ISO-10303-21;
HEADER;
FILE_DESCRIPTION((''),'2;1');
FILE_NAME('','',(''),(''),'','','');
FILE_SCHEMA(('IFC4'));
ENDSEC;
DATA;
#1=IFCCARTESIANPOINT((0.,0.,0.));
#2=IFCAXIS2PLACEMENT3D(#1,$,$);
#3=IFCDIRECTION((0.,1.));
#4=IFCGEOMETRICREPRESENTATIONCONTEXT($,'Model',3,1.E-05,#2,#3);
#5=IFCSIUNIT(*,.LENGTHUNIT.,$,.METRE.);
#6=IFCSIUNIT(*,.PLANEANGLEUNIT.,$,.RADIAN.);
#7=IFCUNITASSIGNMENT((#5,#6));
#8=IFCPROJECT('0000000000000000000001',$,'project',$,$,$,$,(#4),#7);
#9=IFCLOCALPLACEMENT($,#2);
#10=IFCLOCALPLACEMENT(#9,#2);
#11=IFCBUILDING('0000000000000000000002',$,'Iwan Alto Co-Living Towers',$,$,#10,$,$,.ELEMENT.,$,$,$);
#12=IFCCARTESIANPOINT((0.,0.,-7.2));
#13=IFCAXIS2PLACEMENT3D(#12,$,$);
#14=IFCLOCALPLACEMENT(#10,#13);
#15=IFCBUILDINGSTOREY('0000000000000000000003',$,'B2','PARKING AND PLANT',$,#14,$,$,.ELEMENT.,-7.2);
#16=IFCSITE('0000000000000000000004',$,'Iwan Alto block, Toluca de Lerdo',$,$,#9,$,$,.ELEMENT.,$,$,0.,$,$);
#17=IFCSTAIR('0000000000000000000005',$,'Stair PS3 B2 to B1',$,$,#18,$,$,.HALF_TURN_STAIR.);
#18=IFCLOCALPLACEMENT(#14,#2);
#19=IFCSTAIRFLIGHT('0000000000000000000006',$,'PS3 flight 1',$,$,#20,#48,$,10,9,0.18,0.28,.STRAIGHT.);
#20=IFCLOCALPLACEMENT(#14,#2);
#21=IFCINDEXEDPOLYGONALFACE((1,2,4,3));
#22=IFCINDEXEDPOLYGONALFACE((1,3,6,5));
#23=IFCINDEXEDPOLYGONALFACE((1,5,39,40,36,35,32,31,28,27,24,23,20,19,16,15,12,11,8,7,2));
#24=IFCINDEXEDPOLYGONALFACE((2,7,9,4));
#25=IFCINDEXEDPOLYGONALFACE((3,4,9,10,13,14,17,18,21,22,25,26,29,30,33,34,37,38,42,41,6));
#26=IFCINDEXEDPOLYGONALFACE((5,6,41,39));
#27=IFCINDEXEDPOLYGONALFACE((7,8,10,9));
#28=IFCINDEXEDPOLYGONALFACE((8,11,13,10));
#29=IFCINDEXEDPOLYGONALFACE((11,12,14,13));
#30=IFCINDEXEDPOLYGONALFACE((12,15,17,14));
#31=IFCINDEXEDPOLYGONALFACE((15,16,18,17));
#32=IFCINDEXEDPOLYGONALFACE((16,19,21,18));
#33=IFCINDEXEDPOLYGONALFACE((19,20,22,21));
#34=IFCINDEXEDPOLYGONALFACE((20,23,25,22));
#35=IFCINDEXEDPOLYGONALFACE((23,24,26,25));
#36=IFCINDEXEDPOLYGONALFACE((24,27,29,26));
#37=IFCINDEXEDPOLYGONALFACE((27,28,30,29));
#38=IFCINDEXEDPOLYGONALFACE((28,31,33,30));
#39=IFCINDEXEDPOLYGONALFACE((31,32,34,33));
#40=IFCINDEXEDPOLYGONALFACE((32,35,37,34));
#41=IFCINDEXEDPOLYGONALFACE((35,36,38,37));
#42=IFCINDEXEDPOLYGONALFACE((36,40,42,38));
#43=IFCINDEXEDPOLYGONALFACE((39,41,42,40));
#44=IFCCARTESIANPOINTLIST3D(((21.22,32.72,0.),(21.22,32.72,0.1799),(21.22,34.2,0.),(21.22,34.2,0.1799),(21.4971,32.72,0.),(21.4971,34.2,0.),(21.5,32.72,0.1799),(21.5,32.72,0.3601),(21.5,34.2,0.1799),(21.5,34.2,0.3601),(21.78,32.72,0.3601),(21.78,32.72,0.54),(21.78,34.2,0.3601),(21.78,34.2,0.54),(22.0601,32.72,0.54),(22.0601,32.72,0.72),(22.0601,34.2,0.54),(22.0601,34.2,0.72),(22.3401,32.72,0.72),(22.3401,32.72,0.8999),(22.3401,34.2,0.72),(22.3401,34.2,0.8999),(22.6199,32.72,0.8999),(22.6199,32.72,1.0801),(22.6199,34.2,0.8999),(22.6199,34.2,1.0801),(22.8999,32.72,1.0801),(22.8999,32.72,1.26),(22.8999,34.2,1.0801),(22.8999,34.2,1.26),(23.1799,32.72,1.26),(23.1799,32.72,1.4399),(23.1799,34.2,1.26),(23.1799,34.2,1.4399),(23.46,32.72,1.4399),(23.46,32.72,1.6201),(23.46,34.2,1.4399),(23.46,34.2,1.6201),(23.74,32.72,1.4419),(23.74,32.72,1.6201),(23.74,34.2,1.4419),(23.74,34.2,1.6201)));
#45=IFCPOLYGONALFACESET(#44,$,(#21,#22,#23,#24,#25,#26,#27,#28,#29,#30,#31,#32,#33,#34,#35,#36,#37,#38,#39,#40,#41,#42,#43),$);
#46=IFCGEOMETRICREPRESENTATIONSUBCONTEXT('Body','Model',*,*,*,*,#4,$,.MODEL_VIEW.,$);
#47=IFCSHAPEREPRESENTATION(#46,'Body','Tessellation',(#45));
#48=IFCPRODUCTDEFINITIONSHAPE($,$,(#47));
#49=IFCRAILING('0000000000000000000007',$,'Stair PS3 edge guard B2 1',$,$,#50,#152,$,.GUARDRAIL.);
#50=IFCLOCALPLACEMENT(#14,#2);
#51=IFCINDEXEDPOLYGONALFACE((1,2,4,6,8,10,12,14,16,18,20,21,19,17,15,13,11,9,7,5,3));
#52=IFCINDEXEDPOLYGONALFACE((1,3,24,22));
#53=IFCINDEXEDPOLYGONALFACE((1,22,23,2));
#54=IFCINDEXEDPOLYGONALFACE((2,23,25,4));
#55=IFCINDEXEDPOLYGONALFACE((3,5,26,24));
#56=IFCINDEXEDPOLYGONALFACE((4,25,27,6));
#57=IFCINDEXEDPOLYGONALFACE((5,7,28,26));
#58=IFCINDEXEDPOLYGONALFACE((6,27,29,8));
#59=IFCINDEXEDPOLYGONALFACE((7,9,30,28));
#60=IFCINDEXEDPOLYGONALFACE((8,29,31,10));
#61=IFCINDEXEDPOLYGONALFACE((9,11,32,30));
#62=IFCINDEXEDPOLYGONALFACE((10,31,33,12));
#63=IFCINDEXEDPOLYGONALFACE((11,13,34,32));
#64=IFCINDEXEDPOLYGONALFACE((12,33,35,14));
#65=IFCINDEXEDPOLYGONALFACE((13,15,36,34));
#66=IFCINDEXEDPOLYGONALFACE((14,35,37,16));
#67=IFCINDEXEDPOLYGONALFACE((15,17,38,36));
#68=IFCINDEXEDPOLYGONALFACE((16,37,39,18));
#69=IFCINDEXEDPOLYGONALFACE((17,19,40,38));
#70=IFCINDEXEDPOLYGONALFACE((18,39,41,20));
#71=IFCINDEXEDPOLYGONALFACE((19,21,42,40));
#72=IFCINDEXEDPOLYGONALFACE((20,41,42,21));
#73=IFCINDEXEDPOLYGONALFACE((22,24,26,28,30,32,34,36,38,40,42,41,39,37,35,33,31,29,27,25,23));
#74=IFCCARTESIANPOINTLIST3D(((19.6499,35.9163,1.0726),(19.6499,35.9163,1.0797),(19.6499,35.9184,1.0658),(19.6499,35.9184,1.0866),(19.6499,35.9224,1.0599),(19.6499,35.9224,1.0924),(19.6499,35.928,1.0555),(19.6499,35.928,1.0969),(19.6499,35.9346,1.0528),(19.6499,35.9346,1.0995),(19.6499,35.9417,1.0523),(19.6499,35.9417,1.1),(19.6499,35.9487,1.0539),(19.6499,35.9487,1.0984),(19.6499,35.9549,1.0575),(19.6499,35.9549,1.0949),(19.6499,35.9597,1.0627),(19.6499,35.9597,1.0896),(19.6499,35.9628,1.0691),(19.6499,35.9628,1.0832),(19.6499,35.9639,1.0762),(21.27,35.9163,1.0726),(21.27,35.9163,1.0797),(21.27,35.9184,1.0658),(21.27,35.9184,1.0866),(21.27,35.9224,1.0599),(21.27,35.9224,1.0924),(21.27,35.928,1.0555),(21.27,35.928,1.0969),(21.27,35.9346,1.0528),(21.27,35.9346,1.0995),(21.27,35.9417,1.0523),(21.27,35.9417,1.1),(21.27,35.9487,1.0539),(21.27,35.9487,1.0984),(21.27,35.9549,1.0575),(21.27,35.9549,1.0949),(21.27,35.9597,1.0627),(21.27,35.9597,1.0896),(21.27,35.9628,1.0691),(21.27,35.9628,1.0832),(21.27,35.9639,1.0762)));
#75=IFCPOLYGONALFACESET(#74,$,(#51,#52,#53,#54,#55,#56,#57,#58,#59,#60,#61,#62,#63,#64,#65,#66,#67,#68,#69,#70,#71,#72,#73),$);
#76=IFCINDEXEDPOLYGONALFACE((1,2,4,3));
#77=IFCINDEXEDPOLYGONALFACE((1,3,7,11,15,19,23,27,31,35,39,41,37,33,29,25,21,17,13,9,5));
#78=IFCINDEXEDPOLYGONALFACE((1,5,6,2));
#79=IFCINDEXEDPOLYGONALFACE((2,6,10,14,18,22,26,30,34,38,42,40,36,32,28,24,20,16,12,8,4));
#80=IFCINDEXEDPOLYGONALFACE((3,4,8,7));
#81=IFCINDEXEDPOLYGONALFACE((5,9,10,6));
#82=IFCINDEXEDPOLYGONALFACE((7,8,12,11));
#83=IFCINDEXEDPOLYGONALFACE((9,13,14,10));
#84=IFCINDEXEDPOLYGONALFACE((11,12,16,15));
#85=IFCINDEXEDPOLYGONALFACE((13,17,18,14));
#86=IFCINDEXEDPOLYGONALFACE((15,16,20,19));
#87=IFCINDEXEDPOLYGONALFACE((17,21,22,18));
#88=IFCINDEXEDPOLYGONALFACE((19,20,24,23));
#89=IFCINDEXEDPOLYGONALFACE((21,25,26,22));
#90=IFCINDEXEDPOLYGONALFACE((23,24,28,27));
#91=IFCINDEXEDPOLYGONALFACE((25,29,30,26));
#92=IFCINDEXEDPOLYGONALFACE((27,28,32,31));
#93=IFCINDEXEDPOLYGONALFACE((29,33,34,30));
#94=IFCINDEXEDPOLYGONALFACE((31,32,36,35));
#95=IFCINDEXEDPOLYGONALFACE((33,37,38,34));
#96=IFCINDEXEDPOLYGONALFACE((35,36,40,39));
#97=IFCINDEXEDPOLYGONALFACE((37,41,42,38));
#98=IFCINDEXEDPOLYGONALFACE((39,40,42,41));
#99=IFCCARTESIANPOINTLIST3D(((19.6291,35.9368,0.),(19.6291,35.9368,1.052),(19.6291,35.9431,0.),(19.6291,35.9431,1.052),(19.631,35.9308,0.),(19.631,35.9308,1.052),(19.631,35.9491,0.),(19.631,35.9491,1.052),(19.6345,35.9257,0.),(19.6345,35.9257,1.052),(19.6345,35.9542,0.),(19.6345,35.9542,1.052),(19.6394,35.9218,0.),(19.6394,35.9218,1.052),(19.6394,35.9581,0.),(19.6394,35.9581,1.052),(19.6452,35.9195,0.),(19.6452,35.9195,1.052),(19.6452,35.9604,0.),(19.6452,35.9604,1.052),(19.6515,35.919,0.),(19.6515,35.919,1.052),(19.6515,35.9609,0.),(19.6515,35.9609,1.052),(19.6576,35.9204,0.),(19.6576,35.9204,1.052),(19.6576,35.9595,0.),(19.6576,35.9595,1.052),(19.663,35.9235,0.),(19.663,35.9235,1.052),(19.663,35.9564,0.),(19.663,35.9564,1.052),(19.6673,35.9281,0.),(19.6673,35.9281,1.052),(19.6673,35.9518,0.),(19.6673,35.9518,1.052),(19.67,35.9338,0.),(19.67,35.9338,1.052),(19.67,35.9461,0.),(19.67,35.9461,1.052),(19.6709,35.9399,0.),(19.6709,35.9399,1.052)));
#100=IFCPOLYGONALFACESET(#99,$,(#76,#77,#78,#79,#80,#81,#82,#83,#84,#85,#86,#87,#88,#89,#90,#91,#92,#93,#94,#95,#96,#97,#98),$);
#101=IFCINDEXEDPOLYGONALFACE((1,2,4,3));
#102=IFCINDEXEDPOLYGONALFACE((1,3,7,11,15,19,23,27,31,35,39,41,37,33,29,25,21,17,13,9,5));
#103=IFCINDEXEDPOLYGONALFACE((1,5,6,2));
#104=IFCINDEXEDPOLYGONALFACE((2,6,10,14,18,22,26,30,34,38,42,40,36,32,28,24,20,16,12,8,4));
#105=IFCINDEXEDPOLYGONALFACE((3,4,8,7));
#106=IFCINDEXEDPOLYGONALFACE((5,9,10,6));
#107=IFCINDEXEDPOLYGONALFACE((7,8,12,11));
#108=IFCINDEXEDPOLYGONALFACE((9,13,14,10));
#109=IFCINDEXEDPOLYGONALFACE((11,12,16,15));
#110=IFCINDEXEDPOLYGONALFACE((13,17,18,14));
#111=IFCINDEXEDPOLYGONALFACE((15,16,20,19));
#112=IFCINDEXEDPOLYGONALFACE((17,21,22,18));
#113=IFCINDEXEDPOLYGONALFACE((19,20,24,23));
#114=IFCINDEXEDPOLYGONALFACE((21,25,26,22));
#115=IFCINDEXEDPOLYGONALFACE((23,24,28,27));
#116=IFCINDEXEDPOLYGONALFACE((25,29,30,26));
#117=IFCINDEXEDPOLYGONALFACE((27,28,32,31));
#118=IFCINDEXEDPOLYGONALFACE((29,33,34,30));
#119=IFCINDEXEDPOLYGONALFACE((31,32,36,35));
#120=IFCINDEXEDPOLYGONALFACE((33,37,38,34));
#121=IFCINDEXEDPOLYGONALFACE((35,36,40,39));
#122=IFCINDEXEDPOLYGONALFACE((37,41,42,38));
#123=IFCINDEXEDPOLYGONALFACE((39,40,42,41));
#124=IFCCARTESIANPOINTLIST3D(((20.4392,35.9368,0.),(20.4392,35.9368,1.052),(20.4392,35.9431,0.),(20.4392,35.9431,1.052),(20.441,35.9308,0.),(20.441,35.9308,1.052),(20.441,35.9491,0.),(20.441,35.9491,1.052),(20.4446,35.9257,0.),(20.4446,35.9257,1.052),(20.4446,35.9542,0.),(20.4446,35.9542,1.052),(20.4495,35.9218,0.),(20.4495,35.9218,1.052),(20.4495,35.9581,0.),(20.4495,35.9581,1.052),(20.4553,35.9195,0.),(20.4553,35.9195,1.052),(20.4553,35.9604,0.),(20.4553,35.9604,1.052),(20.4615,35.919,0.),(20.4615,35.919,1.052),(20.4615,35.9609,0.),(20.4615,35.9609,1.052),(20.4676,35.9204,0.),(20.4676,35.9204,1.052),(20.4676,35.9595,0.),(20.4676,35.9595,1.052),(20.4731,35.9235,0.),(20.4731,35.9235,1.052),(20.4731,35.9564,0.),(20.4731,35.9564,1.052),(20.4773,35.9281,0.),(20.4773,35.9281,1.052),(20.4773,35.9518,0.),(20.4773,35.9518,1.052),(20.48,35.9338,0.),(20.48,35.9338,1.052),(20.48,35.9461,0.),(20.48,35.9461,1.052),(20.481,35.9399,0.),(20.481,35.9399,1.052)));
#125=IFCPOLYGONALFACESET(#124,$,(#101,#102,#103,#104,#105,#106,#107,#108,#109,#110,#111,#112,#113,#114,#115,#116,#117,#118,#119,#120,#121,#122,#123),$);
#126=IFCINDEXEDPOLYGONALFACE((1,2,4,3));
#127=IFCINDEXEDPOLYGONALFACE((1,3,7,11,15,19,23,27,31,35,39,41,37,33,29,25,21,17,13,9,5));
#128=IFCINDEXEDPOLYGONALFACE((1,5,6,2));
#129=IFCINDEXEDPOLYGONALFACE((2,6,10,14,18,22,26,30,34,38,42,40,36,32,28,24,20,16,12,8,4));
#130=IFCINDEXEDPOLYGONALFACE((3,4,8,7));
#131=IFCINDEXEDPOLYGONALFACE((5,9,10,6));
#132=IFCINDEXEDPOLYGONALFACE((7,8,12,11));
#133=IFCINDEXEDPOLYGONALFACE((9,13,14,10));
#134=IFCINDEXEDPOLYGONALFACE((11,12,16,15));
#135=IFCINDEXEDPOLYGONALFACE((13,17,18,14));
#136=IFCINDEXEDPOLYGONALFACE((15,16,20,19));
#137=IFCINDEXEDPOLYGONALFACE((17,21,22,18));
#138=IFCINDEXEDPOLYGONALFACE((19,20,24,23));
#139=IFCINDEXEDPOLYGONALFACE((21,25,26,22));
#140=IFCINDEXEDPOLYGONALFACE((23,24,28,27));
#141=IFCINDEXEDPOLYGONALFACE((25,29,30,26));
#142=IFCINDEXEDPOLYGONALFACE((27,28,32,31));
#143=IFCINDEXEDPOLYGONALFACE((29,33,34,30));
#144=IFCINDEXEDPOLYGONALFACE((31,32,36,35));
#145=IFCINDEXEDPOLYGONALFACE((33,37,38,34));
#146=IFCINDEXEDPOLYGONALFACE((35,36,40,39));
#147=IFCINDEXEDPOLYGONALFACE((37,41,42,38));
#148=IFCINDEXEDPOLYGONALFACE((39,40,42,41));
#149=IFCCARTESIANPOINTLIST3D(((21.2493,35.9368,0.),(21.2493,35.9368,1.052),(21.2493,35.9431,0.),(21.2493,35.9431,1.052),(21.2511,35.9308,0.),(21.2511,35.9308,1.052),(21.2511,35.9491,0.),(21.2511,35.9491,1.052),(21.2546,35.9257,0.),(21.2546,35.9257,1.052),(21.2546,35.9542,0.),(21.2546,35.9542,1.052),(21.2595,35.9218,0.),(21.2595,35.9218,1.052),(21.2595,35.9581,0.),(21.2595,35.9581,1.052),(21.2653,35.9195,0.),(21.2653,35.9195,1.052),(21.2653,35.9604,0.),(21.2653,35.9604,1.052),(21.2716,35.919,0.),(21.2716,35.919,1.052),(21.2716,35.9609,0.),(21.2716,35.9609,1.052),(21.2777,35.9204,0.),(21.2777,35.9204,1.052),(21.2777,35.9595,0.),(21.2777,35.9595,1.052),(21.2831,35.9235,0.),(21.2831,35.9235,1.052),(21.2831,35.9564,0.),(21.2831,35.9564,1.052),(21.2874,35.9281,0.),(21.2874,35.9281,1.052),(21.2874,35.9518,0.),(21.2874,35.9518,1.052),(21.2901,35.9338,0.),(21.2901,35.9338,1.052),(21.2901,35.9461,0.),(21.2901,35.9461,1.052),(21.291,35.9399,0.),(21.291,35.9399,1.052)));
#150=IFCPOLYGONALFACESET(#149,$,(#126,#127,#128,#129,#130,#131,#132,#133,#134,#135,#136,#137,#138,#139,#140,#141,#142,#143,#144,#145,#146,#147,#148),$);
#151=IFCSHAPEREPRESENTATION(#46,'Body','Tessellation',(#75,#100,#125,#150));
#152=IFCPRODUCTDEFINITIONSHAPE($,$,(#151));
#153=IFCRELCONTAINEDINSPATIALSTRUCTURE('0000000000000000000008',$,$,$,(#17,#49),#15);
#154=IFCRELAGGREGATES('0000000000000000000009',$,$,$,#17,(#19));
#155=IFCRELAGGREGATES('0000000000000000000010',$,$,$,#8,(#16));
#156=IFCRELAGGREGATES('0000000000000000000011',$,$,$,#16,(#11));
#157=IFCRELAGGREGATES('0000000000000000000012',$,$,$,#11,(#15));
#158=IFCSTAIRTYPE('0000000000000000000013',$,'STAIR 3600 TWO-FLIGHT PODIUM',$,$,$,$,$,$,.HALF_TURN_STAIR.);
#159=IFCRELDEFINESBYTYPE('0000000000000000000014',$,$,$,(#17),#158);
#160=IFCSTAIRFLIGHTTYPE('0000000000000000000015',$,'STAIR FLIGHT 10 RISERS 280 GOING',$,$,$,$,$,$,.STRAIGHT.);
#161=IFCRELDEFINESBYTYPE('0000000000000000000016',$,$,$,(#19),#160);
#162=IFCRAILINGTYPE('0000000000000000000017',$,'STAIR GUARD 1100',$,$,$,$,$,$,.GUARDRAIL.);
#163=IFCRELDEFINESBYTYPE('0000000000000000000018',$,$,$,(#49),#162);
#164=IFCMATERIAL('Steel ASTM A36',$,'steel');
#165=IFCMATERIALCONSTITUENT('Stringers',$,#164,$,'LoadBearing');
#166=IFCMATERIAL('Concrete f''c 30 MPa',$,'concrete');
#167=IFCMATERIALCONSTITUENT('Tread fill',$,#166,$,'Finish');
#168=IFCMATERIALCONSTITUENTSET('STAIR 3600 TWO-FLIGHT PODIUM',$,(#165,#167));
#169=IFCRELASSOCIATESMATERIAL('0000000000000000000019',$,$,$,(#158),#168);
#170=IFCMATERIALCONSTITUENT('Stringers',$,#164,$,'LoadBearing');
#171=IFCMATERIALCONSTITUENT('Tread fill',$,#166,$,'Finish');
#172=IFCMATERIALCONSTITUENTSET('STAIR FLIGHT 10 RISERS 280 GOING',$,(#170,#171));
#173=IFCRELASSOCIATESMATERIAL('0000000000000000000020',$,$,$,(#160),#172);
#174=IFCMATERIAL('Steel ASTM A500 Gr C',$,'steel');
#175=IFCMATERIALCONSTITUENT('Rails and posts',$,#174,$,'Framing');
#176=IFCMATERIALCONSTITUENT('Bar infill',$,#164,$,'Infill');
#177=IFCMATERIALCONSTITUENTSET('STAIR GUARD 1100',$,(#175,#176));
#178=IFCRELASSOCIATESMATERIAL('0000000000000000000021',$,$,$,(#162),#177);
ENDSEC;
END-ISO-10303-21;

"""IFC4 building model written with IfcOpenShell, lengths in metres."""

from ifc_helpers import new_model, si_unit, direction, frame, origin, origin_2d, place, context, subcontext, project, spatial, polyline, circle, outline, extrude, material, constituent, constituent_set, type_object, element, aggregate, save


model = new_model("IFC4")

# Units and contexts
model_context = context("Model", 3, precision=1e-05, world=origin(), true_north=direction((0.0, 1.0)))
body_context = subcontext(model_context, "Body", "Model", "MODEL_VIEW")
ifc_project = project(units=[si_unit("LENGTHUNIT", "METRE"), si_unit("PLANEANGLEUNIT", "RADIAN")], contexts=[model_context])

# Site, building, storey
site_placement = place(None, origin())
site = spatial("IfcSite", under=ifc_project, at=site_placement, Name="Iwan Alto block, Toluca de Lerdo", CompositionType="ELEMENT", RefElevation=0.0)
building_placement = place(site_placement, origin())
building = spatial("IfcBuilding", under=site, at=building_placement, Name="Iwan Alto Co-Living Towers", CompositionType="ELEMENT")
storey_placement = place(building_placement, frame((0.0, 0.0, -7.2)))
storey = spatial("IfcBuildingStorey", under=building, at=storey_placement, Name="B2", Description="PARKING AND PLANT", CompositionType="ELEMENT", Elevation=-7.2)

# Stair, stair flight
ifc_material_1 = material(Name="Steel ASTM A36", Category="steel")
ifc_constituent_1 = constituent(ifc_material_1, Name="Stringers", Category="LoadBearing")
ifc_material_2 = material(Name="Concrete f'c 30 MPa", Category="concrete")
ifc_constituent_2 = constituent(ifc_material_2, Name="Tread fill", Category="Finish")
ifc_constituent_set_1 = constituent_set(constituents=[ifc_constituent_1, ifc_constituent_2], Name="STAIR 3600 TWO-FLIGHT PODIUM")
stair_type = type_object("IfcStairType", Name="STAIR 3600 TWO-FLIGHT PODIUM", PredefinedType="HALF_TURN_STAIR", material=ifc_constituent_set_1)
stair_placement = place(storey_placement, origin())
stair = element("IfcStair", 1, at=stair_placement, inside=storey, type_object=stair_type, Name="Stair PS3 B2 to B1", PredefinedType="HALF_TURN_STAIR")
ifc_constituent_3 = constituent(ifc_material_1, Name="Stringers", Category="LoadBearing")
ifc_constituent_4 = constituent(ifc_material_2, Name="Tread fill", Category="Finish")
ifc_constituent_set_2 = constituent_set(constituents=[ifc_constituent_3, ifc_constituent_4], Name="STAIR FLIGHT 10 RISERS 280 GOING")
stair_flight_type = type_object("IfcStairFlightType", Name="STAIR FLIGHT 10 RISERS 280 GOING", PredefinedType="STRAIGHT", material=ifc_constituent_set_2)
stair_flight_placement = place(storey_placement, frame((21.22, 33.46, 0.0), z_axis=(0.0, 0.0, 1.0), x_axis=(1.0, 0.0, 0.0)))
stair_flight = element("IfcStairFlight", 2, at=stair_flight_placement, type_object=stair_flight_type, Name="PS3 flight 1", NumberOfRisers=10, NumberOfTreads=9, PredefinedType="STRAIGHT", RiserHeight=0.18, TreadLength=0.28, context=body_context, shape_type="SweptSolid", body=[
    extrude(outline(polyline([(0.0, 0.0), (0.0, 0.1799), (0.28, 0.1799), (0.28, 0.3601), (0.5601, 0.3601), (0.5601, 0.54), (0.8401, 0.54), (0.8401, 0.72), (1.1201, 0.72), (1.1201, 0.8999), (1.3999, 0.8999), (1.3999, 1.0801), (1.6799, 1.0801), (1.6799, 1.26), (1.96, 1.26), (1.96, 1.4399), (2.24, 1.4399), (2.24, 1.6201), (2.52, 1.6201), (2.52, 1.8), (2.52, 1.4419), (0.2771, 0.0), (0.0, 0.0)])), frame((0.0, 0.74, 0.0), z_axis=(0.0, -1.0, 0.0), x_axis=(1.0, 0.0, 0.0)), (0.0, 0.0, 1.0), 1.48),
])
aggregate(stair, [stair_flight])

# Railing
ifc_material_3 = material(Name="Steel ASTM A500 Gr C", Category="steel")
ifc_constituent_5 = constituent(ifc_material_3, Name="Rails and posts", Category="Framing")
ifc_constituent_6 = constituent(ifc_material_1, Name="Bar infill", Category="Infill")
ifc_constituent_set_3 = constituent_set(constituents=[ifc_constituent_5, ifc_constituent_6], Name="STAIR GUARD 1100")
railing_type = type_object("IfcRailingType", Name="STAIR GUARD 1100", PredefinedType="GUARDRAIL", material=ifc_constituent_set_3)
railing_placement = place(storey_placement, frame((19.6499, 35.9399, 0.0)))
element("IfcRailing", 3, at=railing_placement, inside=storey, type_object=railing_type, Name="Stair PS3 edge guard B2 1", PredefinedType="GUARDRAIL", context=body_context, shape_type="SweptSolid", body=[
    extrude(circle(Radius=0.0239, at=origin_2d()), frame((0.0, 0.0, 1.0762), z_axis=(1.0, 0.0, 0.0), x_axis=(0.0, 1.0, 0.0)), (0.0, 0.0, 1.0), 1.6201),
    extrude(circle(Radius=0.021, at=origin_2d()), origin(), (0.0, 0.0, 1.0), 1.052),
    extrude(circle(Radius=0.021, at=origin_2d()), frame((0.8101, 0.0, 0.0)), (0.0, 0.0, 1.0), 1.052),
    extrude(circle(Radius=0.021, at=origin_2d()), frame((1.6201, 0.0, 0.0)), (0.0, 0.0, 1.0), 1.052),
])

save(model, "model.ifc")
